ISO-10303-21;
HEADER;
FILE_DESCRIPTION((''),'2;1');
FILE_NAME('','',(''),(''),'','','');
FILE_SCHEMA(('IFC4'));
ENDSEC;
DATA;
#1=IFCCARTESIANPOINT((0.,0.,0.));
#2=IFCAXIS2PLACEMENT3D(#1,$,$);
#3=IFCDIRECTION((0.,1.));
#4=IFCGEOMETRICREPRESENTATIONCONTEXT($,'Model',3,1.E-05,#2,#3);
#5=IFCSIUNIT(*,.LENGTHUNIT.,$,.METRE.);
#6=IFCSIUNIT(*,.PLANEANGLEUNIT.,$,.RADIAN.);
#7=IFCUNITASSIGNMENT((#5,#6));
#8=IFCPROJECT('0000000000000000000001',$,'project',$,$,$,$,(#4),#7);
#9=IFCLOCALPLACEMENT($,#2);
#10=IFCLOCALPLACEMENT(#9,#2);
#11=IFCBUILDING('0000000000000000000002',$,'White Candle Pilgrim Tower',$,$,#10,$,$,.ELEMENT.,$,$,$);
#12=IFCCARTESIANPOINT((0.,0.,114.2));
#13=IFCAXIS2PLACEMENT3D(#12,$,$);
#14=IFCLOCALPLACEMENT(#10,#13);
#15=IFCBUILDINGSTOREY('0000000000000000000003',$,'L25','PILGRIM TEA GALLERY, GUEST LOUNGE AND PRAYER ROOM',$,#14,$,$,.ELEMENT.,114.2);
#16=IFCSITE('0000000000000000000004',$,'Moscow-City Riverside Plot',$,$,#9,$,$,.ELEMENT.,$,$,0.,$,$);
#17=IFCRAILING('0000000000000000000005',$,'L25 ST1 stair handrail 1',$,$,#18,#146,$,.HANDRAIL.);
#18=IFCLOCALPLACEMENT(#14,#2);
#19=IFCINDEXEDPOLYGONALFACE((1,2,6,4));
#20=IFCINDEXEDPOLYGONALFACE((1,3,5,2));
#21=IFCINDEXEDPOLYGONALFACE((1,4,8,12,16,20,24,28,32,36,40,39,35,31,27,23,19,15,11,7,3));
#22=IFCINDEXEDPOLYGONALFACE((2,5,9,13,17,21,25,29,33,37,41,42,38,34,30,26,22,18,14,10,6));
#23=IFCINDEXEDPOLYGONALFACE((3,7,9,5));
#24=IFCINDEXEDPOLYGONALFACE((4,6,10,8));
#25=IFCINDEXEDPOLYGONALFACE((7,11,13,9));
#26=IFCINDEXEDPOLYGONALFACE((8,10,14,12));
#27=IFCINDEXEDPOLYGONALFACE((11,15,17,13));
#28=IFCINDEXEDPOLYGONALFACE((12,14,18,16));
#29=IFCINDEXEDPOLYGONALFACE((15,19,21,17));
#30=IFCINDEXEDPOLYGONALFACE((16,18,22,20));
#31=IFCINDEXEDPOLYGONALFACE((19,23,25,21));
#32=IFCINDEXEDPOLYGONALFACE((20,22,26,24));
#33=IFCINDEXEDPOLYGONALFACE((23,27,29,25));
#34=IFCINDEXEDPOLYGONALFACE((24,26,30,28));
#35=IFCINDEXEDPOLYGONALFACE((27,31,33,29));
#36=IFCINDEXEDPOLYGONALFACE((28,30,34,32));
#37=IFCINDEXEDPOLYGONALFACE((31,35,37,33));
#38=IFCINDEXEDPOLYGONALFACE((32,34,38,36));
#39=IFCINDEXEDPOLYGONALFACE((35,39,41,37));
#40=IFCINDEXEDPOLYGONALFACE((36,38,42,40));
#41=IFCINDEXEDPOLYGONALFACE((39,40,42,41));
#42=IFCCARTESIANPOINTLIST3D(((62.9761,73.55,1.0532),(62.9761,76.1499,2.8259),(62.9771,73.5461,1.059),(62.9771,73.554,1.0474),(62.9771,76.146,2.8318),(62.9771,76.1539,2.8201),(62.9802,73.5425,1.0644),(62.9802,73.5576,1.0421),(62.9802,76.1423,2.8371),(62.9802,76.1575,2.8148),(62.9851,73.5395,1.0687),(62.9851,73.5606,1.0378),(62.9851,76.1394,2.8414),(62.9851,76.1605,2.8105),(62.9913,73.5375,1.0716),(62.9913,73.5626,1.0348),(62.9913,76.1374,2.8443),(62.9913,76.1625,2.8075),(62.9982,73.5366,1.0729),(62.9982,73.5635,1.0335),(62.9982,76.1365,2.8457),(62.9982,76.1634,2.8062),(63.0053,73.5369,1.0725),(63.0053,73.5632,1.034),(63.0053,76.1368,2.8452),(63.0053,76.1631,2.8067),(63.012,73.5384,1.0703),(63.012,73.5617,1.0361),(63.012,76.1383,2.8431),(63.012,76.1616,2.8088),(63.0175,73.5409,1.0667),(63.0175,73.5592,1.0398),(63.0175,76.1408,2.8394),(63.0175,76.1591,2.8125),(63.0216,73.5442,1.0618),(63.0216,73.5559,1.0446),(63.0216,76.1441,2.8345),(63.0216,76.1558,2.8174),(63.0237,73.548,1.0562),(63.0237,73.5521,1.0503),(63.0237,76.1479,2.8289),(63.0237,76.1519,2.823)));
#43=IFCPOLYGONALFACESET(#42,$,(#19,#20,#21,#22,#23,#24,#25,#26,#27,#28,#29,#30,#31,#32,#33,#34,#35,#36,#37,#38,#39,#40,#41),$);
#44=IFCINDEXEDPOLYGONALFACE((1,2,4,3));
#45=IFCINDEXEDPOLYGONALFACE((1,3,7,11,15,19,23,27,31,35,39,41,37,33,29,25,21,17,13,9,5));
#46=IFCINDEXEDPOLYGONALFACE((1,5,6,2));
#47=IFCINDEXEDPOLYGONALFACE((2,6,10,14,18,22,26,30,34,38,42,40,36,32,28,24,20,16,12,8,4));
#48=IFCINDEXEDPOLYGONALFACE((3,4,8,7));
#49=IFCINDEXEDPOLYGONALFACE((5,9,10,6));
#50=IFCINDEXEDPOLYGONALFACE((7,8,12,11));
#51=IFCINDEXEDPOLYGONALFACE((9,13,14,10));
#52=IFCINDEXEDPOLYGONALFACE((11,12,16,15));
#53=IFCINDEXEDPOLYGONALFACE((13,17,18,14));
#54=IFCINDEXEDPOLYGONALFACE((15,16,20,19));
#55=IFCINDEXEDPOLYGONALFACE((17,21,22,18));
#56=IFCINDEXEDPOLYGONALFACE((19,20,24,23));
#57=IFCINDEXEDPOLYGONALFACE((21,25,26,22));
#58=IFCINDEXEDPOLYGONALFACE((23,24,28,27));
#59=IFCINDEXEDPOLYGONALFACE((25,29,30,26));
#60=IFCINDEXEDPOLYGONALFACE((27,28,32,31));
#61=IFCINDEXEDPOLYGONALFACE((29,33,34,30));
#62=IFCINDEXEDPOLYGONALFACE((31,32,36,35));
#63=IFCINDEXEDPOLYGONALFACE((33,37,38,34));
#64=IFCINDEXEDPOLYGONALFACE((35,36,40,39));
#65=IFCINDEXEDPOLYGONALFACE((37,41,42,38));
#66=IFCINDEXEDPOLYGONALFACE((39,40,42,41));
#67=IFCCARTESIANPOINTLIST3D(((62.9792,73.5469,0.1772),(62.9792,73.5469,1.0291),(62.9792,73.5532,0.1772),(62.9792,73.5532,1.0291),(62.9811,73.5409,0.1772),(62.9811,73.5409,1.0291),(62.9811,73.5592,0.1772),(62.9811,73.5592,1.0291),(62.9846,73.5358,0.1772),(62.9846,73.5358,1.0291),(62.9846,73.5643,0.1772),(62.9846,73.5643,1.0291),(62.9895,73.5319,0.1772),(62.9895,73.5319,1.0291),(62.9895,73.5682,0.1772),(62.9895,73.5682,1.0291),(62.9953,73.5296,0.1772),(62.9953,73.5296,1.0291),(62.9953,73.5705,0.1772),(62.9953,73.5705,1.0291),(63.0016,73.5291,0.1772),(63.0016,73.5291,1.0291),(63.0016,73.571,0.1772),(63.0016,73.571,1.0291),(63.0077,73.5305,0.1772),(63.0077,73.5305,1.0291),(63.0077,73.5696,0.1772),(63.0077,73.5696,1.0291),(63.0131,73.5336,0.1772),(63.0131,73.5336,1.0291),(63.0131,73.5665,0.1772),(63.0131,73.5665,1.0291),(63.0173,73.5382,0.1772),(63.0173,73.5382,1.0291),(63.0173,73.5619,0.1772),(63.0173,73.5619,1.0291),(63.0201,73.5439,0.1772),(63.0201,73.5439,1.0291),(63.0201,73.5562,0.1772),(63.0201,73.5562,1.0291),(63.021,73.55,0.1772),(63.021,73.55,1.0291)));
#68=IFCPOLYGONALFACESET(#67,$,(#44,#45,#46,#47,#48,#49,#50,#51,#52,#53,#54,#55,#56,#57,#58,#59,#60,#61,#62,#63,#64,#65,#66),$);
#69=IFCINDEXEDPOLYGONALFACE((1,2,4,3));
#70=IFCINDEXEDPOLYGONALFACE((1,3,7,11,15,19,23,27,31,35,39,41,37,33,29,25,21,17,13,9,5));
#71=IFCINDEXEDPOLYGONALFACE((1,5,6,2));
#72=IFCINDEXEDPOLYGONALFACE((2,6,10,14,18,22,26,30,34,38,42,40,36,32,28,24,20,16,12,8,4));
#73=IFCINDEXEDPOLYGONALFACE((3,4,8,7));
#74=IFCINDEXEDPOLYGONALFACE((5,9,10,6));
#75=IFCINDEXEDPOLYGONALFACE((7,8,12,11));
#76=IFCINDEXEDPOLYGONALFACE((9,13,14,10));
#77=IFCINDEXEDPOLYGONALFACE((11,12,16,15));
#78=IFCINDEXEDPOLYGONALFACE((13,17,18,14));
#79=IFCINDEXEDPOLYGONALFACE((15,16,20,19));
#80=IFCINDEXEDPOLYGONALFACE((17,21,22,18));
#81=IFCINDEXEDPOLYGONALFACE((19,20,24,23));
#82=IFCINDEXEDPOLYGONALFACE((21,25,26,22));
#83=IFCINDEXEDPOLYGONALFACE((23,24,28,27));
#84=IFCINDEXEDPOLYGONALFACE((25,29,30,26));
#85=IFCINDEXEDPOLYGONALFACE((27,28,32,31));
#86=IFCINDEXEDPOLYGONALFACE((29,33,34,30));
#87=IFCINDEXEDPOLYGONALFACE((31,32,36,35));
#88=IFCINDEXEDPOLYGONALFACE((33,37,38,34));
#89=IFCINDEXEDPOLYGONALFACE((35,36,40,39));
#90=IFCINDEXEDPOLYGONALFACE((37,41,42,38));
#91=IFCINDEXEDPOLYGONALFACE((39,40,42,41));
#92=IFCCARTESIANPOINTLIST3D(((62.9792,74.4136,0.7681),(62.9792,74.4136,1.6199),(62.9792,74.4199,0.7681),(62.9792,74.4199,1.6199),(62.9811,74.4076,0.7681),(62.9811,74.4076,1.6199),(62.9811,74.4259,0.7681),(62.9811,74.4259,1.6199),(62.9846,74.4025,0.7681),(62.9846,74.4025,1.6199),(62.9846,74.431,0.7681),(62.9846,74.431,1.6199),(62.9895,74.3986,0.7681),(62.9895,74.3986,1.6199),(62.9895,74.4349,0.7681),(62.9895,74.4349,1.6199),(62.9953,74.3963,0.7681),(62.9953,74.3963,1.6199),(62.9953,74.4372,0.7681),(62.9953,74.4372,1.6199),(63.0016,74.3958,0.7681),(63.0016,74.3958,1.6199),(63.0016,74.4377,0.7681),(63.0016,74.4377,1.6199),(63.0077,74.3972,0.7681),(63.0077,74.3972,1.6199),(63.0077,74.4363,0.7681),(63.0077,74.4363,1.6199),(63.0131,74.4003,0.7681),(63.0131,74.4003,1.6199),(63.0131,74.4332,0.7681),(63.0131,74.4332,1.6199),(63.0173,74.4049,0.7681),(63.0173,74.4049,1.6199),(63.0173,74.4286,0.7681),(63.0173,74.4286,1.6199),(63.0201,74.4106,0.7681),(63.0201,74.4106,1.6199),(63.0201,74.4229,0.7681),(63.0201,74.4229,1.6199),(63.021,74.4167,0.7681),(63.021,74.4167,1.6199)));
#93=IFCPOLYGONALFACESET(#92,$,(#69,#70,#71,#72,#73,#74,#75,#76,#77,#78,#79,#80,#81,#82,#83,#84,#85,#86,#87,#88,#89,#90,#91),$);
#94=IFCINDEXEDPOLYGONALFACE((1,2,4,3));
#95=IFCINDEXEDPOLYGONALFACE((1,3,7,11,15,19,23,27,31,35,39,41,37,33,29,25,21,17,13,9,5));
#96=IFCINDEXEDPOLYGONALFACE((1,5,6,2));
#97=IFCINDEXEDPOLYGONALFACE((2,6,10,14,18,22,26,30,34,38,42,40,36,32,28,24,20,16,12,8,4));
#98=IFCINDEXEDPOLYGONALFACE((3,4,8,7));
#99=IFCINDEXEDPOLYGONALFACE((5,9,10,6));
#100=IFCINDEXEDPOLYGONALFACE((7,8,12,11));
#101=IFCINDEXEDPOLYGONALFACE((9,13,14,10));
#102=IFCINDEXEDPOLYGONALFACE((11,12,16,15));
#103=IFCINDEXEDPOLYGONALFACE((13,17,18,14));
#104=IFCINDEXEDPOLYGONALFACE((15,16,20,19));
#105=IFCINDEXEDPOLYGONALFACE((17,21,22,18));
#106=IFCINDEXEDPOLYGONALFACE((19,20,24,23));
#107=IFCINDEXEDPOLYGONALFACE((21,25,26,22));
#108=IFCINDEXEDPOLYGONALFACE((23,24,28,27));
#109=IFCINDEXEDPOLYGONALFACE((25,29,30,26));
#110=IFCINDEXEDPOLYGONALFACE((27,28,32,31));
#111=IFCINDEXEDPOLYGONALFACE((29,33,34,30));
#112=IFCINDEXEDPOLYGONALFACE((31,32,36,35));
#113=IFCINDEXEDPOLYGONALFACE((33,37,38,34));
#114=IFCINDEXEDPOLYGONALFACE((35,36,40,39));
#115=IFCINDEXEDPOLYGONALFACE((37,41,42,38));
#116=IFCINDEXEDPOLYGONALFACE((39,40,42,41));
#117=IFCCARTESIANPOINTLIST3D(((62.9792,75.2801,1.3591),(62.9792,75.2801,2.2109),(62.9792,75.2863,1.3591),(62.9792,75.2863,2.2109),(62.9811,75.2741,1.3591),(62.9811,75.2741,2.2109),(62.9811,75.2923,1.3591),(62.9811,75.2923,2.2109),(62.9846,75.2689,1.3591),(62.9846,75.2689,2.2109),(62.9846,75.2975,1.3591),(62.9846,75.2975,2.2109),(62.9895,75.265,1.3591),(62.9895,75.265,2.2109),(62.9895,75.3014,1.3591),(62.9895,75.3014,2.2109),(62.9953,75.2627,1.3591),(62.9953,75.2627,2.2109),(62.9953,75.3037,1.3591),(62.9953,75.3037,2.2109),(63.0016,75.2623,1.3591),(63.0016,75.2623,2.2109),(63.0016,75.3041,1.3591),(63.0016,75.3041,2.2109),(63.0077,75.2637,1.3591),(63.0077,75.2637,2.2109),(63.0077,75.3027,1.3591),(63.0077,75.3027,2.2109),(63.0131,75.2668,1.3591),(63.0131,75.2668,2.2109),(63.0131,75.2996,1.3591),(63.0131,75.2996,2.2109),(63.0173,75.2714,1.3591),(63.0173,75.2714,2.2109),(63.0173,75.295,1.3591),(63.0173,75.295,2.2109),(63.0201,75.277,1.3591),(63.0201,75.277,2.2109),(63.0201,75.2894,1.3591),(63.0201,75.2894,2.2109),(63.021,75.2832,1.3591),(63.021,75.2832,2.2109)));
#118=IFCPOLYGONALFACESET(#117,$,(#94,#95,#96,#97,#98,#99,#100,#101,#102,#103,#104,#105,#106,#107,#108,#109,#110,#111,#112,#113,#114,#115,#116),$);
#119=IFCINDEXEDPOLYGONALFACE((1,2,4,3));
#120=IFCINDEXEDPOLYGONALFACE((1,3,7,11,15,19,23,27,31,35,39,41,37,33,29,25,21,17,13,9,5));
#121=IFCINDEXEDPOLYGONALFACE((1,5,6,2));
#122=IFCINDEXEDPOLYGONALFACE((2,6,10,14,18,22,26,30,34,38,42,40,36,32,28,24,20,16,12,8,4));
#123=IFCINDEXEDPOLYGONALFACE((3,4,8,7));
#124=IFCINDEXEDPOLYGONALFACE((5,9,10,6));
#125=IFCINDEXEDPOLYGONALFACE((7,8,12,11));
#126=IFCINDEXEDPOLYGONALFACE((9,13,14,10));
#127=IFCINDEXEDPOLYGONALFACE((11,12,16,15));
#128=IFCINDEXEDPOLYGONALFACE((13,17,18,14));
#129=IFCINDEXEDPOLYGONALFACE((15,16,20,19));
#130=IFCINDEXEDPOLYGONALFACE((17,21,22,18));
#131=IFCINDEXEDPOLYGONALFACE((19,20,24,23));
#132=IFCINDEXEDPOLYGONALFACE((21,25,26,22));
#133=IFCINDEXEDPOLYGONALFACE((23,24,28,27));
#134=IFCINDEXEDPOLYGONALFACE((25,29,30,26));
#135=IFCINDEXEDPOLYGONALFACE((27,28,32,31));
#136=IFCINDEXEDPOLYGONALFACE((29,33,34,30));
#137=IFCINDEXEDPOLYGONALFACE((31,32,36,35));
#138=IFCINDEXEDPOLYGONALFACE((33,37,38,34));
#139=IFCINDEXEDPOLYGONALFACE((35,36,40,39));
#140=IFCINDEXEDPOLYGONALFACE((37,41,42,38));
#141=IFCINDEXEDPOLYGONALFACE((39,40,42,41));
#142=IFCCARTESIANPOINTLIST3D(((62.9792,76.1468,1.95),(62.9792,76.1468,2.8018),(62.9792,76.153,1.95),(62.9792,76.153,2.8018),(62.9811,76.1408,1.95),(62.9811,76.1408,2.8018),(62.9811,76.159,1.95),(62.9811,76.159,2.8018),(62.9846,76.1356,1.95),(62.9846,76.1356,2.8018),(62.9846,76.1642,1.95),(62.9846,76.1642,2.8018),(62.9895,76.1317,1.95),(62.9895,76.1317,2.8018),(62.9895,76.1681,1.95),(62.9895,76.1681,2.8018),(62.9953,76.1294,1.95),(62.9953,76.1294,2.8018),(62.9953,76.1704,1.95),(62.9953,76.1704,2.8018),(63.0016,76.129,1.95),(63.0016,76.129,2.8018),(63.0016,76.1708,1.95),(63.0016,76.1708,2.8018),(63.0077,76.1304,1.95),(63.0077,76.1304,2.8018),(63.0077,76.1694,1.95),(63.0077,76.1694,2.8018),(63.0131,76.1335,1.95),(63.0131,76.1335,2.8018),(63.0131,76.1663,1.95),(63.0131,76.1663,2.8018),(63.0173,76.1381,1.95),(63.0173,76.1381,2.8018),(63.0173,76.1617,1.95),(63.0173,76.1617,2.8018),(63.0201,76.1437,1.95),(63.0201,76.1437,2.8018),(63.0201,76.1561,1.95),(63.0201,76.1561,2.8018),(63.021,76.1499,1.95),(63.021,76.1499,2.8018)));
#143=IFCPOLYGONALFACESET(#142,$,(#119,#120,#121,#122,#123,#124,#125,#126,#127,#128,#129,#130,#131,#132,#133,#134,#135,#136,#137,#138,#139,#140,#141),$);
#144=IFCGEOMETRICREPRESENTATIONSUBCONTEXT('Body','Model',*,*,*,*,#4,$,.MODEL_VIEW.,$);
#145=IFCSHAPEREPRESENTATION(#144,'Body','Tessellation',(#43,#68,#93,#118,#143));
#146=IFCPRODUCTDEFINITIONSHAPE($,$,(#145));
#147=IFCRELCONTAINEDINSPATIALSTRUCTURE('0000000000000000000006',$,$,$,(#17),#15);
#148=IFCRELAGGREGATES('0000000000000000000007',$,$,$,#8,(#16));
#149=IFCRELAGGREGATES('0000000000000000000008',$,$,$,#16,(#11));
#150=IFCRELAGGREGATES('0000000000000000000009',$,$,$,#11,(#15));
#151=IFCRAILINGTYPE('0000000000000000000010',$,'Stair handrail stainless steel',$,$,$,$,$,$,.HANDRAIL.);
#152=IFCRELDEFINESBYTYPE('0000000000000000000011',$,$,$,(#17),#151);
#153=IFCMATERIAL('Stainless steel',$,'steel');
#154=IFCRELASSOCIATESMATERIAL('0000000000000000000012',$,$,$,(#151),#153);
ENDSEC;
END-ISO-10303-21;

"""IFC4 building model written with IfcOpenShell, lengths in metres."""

from ifc_helpers import new_model, si_unit, direction, frame, origin, origin_2d, place, context, subcontext, project, spatial, circle, extrude, material, type_object, element, save


model = new_model("IFC4")

# Units and contexts
model_context = context("Model", 3, precision=1e-05, world=origin(), true_north=direction((0.0, 1.0)))
body_context = subcontext(model_context, "Body", "Model", "MODEL_VIEW")
ifc_project = project(units=[si_unit("LENGTHUNIT", "METRE"), si_unit("PLANEANGLEUNIT", "RADIAN")], contexts=[model_context])

# Site, building, storey
site_placement = place(None, origin())
site = spatial("IfcSite", under=ifc_project, at=site_placement, Name="Moscow-City Riverside Plot", CompositionType="ELEMENT", RefElevation=0.0)
building_placement = place(site_placement, origin())
building = spatial("IfcBuilding", under=site, at=building_placement, Name="White Candle Pilgrim Tower", CompositionType="ELEMENT")
storey_placement = place(building_placement, frame((0.0, 0.0, 114.2)))
storey = spatial("IfcBuildingStorey", under=building, at=storey_placement, Name="L25", Description="PILGRIM TEA GALLERY, GUEST LOUNGE AND PRAYER ROOM", CompositionType="ELEMENT", Elevation=114.2)

# Railing
ifc_material_1 = material(Name="Stainless steel", Category="steel")
railing_type_1 = type_object("IfcRailingType", Name="Stair handrail stainless steel", PredefinedType="HANDRAIL", material=ifc_material_1)
railing_1_placement = place(storey_placement, frame((63.0, 73.55, 0.1772)))
element("IfcRailing", 1, at=railing_1_placement, inside=storey, type_object=railing_type_1, Name="L25 ST1 stair handrail 1", PredefinedType="HANDRAIL", context=body_context, shape_type="SweptSolid", body=[
    extrude(circle(Radius=0.0239, at=origin_2d()), frame((0.0, 0.0, 0.876), z_axis=(0.0, 0.826216, 0.563354), x_axis=(-1.0, 0.0, 0.0)), (0.0, 0.0, 1.0), 3.1467),
    extrude(circle(Radius=0.021, at=origin_2d()), origin(), (0.0, 0.0, 1.0), 0.8518),
    extrude(circle(Radius=0.021, at=origin_2d()), frame((0.0, 0.8667, 0.5908)), (0.0, 0.0, 1.0), 0.8518),
    extrude(circle(Radius=0.021, at=origin_2d()), frame((0.0, 1.7332, 1.1819)), (0.0, 0.0, 1.0), 0.8518),
    extrude(circle(Radius=0.021, at=origin_2d()), frame((0.0, 2.5999, 1.7727)), (0.0, 0.0, 1.0), 0.8518),
])

save(model, "model.ifc")
